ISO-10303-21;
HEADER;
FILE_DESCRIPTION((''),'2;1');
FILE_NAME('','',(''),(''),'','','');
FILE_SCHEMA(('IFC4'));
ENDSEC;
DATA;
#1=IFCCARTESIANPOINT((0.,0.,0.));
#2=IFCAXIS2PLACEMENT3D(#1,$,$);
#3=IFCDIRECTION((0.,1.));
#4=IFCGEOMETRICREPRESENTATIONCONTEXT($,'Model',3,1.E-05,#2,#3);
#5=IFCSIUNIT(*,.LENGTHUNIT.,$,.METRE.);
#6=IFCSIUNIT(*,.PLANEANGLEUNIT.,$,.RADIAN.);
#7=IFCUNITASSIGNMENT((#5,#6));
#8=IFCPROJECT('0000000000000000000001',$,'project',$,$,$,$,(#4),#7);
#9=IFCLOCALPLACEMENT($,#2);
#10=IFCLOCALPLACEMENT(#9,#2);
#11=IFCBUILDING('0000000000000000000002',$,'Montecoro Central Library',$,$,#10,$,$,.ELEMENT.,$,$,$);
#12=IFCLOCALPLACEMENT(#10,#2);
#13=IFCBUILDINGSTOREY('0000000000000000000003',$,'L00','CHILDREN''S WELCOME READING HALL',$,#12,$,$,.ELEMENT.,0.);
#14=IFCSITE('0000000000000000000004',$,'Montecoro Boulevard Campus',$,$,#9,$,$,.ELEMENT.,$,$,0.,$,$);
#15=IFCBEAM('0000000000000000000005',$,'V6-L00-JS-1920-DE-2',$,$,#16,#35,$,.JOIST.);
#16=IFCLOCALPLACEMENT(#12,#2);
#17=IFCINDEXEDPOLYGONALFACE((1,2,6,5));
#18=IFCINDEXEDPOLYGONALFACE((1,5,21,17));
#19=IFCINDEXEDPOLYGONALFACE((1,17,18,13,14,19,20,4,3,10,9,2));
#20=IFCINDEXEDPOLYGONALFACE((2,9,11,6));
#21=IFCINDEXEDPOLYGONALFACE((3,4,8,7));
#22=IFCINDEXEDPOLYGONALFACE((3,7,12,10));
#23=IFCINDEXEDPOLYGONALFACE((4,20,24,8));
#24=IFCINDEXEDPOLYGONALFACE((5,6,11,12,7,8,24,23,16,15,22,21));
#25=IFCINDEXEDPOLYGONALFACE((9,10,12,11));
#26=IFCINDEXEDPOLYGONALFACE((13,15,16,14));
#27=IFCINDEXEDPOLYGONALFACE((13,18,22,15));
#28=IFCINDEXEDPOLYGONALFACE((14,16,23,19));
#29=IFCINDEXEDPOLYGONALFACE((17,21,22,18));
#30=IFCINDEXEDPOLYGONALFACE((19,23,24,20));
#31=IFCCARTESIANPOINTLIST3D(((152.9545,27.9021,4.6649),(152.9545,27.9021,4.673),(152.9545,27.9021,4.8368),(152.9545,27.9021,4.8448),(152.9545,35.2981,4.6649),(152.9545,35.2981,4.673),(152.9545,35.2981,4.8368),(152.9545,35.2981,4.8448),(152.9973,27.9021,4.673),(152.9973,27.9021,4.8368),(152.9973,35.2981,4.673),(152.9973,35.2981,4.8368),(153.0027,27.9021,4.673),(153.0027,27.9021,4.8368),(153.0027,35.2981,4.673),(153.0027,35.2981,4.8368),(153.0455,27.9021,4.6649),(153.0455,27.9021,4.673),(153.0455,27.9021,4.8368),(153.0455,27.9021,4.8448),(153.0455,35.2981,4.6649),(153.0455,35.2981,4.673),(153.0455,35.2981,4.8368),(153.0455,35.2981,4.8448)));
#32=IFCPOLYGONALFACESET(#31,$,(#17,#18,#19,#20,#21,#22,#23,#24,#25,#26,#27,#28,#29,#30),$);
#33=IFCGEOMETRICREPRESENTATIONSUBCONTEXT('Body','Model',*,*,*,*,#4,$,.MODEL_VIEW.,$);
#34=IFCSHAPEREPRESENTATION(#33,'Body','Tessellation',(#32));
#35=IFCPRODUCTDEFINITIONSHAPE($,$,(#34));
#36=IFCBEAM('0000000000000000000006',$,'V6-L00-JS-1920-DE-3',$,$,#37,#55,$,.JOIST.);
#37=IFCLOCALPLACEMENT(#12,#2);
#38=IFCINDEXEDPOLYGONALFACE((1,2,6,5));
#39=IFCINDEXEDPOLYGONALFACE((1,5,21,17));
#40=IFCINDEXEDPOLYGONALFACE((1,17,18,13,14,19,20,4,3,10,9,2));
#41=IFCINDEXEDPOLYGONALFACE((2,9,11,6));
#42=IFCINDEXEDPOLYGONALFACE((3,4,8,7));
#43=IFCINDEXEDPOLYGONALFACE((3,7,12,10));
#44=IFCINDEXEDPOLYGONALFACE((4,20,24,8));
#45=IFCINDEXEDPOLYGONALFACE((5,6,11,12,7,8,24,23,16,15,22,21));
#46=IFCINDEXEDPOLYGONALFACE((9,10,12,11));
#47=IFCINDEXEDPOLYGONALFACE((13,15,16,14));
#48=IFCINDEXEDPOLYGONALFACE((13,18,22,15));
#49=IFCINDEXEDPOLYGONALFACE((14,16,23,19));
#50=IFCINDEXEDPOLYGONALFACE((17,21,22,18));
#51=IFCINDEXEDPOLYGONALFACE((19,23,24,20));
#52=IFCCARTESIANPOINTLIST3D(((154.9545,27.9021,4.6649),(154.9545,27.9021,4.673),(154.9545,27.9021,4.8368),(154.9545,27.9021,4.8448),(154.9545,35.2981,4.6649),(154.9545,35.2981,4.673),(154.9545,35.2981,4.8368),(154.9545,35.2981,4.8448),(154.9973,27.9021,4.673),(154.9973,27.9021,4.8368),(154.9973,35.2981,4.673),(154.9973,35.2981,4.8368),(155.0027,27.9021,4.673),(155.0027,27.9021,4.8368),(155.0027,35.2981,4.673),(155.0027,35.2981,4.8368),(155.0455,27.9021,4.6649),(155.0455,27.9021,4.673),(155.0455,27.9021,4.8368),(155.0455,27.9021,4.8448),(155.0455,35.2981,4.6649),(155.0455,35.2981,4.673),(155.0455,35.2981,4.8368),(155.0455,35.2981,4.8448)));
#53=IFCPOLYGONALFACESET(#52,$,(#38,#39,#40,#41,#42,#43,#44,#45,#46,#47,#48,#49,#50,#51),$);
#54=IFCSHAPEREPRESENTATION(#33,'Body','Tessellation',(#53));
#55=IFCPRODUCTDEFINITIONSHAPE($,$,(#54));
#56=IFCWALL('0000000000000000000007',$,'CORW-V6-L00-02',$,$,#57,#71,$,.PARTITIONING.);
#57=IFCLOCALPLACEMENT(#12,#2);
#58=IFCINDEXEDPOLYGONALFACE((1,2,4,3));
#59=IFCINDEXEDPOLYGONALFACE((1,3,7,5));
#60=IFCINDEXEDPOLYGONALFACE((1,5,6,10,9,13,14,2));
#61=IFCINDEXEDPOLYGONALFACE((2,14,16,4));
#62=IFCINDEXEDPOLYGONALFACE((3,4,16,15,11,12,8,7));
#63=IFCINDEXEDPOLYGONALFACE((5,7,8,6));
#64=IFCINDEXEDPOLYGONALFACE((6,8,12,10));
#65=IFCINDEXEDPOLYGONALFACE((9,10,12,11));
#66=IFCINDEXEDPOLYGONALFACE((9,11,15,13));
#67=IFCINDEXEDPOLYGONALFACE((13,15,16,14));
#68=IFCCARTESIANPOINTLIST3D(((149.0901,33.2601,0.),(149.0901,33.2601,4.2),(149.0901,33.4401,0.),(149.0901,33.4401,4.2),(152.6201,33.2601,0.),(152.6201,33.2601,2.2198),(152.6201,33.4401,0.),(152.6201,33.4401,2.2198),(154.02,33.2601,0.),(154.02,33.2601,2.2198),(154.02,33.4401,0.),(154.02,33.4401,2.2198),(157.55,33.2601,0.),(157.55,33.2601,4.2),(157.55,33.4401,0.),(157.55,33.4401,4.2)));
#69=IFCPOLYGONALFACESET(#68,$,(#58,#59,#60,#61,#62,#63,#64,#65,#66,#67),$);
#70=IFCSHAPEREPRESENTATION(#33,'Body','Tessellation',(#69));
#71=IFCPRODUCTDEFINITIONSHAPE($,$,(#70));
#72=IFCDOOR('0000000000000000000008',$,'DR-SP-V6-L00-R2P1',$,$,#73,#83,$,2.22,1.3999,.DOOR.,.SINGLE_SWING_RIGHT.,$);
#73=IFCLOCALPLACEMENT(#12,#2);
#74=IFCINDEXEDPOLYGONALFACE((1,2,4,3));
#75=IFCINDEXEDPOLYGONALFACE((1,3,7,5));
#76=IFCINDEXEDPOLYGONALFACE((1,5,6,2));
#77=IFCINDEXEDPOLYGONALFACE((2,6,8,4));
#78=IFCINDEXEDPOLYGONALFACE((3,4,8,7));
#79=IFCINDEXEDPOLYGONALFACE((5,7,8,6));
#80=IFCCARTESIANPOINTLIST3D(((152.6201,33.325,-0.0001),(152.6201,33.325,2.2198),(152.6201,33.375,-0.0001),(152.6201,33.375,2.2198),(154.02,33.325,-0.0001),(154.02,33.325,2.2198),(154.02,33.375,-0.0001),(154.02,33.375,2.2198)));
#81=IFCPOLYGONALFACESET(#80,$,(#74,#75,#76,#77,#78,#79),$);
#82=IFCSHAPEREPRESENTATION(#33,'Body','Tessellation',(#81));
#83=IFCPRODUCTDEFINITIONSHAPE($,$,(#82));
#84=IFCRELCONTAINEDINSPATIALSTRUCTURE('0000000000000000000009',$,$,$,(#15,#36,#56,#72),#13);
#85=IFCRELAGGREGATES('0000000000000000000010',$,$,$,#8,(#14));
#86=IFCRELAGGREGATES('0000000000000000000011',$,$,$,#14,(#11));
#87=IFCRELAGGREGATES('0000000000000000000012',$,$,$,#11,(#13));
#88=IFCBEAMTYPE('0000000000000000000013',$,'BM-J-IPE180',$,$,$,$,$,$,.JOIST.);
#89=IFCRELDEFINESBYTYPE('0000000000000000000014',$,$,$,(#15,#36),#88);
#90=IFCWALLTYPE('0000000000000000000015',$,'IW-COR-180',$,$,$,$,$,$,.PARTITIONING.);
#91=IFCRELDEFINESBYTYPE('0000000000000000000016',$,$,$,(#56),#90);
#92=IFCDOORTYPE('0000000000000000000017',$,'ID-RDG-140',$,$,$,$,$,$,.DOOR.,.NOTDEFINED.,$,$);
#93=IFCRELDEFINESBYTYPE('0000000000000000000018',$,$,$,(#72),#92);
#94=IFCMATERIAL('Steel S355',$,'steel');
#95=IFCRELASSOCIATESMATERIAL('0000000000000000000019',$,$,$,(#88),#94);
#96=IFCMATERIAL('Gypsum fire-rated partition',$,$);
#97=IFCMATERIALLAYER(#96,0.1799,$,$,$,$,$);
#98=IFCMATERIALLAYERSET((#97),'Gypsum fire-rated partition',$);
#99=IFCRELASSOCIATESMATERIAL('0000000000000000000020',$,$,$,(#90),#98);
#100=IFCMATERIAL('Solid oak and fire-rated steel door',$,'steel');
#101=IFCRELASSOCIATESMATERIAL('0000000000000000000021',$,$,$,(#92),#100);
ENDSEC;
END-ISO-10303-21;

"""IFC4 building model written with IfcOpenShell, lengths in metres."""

from ifc_helpers import new_model, si_unit, direction, frame, frame_2d, origin, origin_2d, place, context, subcontext, project, spatial, rectangle, i_section, extrude, material, layer, layer_set, material_profile, profile_set, type_object, element, fill, save


model = new_model("IFC4")

# Units and contexts
model_context = context("Model", 3, precision=1e-05, world=origin(), true_north=direction((0.0, 1.0)))
body_context = subcontext(model_context, "Body", "Model", "MODEL_VIEW")
ifc_project = project(units=[si_unit("LENGTHUNIT", "METRE"), si_unit("PLANEANGLEUNIT", "RADIAN")], contexts=[model_context])

# Site, building, storey
site_placement = place(None, origin())
site = spatial("IfcSite", under=ifc_project, at=site_placement, Name="Montecoro Boulevard Campus", CompositionType="ELEMENT", RefElevation=0.0)
building_placement = place(site_placement, origin())
building = spatial("IfcBuilding", under=site, at=building_placement, Name="Montecoro Central Library", CompositionType="ELEMENT")
storey_placement = place(building_placement, origin())
storey = spatial("IfcBuildingStorey", under=building, at=storey_placement, Name="L00", Description="CHILDREN'S WELCOME READING HALL", CompositionType="ELEMENT", Elevation=0.0)

# Shared definitions
ifc_material_1 = material(Name="Steel S355", Category="steel")

# Beams
ifc_material_profile_1 = material_profile(ifc_material_1, i_section(OverallWidth=0.0911, OverallDepth=0.1799, WebThickness=0.0054, FlangeThickness=0.0081, at=origin_2d()), Name="IPE 180")
ifc_profile_set_1 = profile_set([ifc_material_profile_1], Name="Steel S355")
beam_type_1 = type_object("IfcBeamType", Name="BM-J-IPE180", PredefinedType="JOIST", material=ifc_profile_set_1)
for number, where, z_axis, x_axis, name in (
    (1, (153.0, 27.9021, 4.7549), (0.0, 1.0, 0.0), (-1.0, 0.0, 0.0), "V6-L00-JS-1920-DE-2"),
    (2, (155.0, 27.9021, 4.7549), (0.0, 1.0, 0.0), (-1.0, 0.0, 0.0), "V6-L00-JS-1920-DE-3"),
):
    element("IfcBeam", number, at=place(storey_placement, frame(where, z_axis=z_axis, x_axis=x_axis)), inside=storey, type_object=beam_type_1, Name=name, PredefinedType="JOIST", context=body_context, shape_type="SweptSolid", body=[
        extrude(i_section(OverallWidth=0.0911, OverallDepth=0.1799, WebThickness=0.0054, FlangeThickness=0.0081, at=origin_2d()), origin(), (0.0, 0.0, 1.0), 7.396),
    ])

# Wall, opening, door
ifc_material_2 = material(Name="Gypsum fire-rated partition")
ifc_layer = layer(ifc_material_2, 0.1799)
ifc_layer_set = layer_set([ifc_layer], Name="Gypsum fire-rated partition")
wall_type = type_object("IfcWallType", Name="IW-COR-180", PredefinedType="PARTITIONING", material=ifc_layer_set)
wall_placement = place(storey_placement, frame((149.0901, 33.3501, 0.0), z_axis=(0.0, 0.0, 1.0), x_axis=(1.0, 0.0, 0.0)))
wall = element("IfcWall", 3, at=wall_placement, inside=storey, type_object=wall_type, Name="CORW-V6-L00-02", PredefinedType="PARTITIONING", context=body_context, shape_type="SweptSolid", body=[
    extrude(rectangle(XDim=8.46, YDim=0.1799, at=frame_2d((4.23, 0.0))), origin(), (0.0, 0.0, 1.0), 4.2),
])
opening_placement = place(wall_placement, frame((3.53, 0.0, 0.0)))
opening = element("IfcOpeningElement", 4, at=opening_placement, cuts=wall, PredefinedType="OPENING", context=body_context, shape_type="SweptSolid", body=[
    extrude(rectangle(XDim=1.3999, YDim=2.22, at=frame_2d((0.7, 1.1099))), frame((0.0, 0.0999, 0.0), z_axis=(0.0, -1.0, 0.0), x_axis=(1.0, 0.0, 0.0)), (0.0, 0.0, 1.0), 0.2),
])
ifc_material_3 = material(Name="Solid oak and fire-rated steel door", Category="steel")
door_type = type_object("IfcDoorType", Name="ID-RDG-140", OperationType="NOTDEFINED", PredefinedType="DOOR", material=ifc_material_3)
door_placement = place(opening_placement, origin())
door = element("IfcDoor", 5, at=door_placement, inside=storey, type_object=door_type, Name="DR-SP-V6-L00-R2P1", OperationType="SINGLE_SWING_RIGHT", OverallHeight=2.22, OverallWidth=1.3999, PredefinedType="DOOR", context=body_context, shape_type="SweptSolid", body=[
    extrude(rectangle(XDim=1.3999, YDim=2.22, at=frame_2d((0.7, 1.1099))), frame((0.0, 0.0249, 0.0), z_axis=(0.0, -1.0, 0.0), x_axis=(1.0, 0.0, 0.0)), (0.0, 0.0, 1.0), 0.05),
])
fill(opening, door)

save(model, "model.ifc")
